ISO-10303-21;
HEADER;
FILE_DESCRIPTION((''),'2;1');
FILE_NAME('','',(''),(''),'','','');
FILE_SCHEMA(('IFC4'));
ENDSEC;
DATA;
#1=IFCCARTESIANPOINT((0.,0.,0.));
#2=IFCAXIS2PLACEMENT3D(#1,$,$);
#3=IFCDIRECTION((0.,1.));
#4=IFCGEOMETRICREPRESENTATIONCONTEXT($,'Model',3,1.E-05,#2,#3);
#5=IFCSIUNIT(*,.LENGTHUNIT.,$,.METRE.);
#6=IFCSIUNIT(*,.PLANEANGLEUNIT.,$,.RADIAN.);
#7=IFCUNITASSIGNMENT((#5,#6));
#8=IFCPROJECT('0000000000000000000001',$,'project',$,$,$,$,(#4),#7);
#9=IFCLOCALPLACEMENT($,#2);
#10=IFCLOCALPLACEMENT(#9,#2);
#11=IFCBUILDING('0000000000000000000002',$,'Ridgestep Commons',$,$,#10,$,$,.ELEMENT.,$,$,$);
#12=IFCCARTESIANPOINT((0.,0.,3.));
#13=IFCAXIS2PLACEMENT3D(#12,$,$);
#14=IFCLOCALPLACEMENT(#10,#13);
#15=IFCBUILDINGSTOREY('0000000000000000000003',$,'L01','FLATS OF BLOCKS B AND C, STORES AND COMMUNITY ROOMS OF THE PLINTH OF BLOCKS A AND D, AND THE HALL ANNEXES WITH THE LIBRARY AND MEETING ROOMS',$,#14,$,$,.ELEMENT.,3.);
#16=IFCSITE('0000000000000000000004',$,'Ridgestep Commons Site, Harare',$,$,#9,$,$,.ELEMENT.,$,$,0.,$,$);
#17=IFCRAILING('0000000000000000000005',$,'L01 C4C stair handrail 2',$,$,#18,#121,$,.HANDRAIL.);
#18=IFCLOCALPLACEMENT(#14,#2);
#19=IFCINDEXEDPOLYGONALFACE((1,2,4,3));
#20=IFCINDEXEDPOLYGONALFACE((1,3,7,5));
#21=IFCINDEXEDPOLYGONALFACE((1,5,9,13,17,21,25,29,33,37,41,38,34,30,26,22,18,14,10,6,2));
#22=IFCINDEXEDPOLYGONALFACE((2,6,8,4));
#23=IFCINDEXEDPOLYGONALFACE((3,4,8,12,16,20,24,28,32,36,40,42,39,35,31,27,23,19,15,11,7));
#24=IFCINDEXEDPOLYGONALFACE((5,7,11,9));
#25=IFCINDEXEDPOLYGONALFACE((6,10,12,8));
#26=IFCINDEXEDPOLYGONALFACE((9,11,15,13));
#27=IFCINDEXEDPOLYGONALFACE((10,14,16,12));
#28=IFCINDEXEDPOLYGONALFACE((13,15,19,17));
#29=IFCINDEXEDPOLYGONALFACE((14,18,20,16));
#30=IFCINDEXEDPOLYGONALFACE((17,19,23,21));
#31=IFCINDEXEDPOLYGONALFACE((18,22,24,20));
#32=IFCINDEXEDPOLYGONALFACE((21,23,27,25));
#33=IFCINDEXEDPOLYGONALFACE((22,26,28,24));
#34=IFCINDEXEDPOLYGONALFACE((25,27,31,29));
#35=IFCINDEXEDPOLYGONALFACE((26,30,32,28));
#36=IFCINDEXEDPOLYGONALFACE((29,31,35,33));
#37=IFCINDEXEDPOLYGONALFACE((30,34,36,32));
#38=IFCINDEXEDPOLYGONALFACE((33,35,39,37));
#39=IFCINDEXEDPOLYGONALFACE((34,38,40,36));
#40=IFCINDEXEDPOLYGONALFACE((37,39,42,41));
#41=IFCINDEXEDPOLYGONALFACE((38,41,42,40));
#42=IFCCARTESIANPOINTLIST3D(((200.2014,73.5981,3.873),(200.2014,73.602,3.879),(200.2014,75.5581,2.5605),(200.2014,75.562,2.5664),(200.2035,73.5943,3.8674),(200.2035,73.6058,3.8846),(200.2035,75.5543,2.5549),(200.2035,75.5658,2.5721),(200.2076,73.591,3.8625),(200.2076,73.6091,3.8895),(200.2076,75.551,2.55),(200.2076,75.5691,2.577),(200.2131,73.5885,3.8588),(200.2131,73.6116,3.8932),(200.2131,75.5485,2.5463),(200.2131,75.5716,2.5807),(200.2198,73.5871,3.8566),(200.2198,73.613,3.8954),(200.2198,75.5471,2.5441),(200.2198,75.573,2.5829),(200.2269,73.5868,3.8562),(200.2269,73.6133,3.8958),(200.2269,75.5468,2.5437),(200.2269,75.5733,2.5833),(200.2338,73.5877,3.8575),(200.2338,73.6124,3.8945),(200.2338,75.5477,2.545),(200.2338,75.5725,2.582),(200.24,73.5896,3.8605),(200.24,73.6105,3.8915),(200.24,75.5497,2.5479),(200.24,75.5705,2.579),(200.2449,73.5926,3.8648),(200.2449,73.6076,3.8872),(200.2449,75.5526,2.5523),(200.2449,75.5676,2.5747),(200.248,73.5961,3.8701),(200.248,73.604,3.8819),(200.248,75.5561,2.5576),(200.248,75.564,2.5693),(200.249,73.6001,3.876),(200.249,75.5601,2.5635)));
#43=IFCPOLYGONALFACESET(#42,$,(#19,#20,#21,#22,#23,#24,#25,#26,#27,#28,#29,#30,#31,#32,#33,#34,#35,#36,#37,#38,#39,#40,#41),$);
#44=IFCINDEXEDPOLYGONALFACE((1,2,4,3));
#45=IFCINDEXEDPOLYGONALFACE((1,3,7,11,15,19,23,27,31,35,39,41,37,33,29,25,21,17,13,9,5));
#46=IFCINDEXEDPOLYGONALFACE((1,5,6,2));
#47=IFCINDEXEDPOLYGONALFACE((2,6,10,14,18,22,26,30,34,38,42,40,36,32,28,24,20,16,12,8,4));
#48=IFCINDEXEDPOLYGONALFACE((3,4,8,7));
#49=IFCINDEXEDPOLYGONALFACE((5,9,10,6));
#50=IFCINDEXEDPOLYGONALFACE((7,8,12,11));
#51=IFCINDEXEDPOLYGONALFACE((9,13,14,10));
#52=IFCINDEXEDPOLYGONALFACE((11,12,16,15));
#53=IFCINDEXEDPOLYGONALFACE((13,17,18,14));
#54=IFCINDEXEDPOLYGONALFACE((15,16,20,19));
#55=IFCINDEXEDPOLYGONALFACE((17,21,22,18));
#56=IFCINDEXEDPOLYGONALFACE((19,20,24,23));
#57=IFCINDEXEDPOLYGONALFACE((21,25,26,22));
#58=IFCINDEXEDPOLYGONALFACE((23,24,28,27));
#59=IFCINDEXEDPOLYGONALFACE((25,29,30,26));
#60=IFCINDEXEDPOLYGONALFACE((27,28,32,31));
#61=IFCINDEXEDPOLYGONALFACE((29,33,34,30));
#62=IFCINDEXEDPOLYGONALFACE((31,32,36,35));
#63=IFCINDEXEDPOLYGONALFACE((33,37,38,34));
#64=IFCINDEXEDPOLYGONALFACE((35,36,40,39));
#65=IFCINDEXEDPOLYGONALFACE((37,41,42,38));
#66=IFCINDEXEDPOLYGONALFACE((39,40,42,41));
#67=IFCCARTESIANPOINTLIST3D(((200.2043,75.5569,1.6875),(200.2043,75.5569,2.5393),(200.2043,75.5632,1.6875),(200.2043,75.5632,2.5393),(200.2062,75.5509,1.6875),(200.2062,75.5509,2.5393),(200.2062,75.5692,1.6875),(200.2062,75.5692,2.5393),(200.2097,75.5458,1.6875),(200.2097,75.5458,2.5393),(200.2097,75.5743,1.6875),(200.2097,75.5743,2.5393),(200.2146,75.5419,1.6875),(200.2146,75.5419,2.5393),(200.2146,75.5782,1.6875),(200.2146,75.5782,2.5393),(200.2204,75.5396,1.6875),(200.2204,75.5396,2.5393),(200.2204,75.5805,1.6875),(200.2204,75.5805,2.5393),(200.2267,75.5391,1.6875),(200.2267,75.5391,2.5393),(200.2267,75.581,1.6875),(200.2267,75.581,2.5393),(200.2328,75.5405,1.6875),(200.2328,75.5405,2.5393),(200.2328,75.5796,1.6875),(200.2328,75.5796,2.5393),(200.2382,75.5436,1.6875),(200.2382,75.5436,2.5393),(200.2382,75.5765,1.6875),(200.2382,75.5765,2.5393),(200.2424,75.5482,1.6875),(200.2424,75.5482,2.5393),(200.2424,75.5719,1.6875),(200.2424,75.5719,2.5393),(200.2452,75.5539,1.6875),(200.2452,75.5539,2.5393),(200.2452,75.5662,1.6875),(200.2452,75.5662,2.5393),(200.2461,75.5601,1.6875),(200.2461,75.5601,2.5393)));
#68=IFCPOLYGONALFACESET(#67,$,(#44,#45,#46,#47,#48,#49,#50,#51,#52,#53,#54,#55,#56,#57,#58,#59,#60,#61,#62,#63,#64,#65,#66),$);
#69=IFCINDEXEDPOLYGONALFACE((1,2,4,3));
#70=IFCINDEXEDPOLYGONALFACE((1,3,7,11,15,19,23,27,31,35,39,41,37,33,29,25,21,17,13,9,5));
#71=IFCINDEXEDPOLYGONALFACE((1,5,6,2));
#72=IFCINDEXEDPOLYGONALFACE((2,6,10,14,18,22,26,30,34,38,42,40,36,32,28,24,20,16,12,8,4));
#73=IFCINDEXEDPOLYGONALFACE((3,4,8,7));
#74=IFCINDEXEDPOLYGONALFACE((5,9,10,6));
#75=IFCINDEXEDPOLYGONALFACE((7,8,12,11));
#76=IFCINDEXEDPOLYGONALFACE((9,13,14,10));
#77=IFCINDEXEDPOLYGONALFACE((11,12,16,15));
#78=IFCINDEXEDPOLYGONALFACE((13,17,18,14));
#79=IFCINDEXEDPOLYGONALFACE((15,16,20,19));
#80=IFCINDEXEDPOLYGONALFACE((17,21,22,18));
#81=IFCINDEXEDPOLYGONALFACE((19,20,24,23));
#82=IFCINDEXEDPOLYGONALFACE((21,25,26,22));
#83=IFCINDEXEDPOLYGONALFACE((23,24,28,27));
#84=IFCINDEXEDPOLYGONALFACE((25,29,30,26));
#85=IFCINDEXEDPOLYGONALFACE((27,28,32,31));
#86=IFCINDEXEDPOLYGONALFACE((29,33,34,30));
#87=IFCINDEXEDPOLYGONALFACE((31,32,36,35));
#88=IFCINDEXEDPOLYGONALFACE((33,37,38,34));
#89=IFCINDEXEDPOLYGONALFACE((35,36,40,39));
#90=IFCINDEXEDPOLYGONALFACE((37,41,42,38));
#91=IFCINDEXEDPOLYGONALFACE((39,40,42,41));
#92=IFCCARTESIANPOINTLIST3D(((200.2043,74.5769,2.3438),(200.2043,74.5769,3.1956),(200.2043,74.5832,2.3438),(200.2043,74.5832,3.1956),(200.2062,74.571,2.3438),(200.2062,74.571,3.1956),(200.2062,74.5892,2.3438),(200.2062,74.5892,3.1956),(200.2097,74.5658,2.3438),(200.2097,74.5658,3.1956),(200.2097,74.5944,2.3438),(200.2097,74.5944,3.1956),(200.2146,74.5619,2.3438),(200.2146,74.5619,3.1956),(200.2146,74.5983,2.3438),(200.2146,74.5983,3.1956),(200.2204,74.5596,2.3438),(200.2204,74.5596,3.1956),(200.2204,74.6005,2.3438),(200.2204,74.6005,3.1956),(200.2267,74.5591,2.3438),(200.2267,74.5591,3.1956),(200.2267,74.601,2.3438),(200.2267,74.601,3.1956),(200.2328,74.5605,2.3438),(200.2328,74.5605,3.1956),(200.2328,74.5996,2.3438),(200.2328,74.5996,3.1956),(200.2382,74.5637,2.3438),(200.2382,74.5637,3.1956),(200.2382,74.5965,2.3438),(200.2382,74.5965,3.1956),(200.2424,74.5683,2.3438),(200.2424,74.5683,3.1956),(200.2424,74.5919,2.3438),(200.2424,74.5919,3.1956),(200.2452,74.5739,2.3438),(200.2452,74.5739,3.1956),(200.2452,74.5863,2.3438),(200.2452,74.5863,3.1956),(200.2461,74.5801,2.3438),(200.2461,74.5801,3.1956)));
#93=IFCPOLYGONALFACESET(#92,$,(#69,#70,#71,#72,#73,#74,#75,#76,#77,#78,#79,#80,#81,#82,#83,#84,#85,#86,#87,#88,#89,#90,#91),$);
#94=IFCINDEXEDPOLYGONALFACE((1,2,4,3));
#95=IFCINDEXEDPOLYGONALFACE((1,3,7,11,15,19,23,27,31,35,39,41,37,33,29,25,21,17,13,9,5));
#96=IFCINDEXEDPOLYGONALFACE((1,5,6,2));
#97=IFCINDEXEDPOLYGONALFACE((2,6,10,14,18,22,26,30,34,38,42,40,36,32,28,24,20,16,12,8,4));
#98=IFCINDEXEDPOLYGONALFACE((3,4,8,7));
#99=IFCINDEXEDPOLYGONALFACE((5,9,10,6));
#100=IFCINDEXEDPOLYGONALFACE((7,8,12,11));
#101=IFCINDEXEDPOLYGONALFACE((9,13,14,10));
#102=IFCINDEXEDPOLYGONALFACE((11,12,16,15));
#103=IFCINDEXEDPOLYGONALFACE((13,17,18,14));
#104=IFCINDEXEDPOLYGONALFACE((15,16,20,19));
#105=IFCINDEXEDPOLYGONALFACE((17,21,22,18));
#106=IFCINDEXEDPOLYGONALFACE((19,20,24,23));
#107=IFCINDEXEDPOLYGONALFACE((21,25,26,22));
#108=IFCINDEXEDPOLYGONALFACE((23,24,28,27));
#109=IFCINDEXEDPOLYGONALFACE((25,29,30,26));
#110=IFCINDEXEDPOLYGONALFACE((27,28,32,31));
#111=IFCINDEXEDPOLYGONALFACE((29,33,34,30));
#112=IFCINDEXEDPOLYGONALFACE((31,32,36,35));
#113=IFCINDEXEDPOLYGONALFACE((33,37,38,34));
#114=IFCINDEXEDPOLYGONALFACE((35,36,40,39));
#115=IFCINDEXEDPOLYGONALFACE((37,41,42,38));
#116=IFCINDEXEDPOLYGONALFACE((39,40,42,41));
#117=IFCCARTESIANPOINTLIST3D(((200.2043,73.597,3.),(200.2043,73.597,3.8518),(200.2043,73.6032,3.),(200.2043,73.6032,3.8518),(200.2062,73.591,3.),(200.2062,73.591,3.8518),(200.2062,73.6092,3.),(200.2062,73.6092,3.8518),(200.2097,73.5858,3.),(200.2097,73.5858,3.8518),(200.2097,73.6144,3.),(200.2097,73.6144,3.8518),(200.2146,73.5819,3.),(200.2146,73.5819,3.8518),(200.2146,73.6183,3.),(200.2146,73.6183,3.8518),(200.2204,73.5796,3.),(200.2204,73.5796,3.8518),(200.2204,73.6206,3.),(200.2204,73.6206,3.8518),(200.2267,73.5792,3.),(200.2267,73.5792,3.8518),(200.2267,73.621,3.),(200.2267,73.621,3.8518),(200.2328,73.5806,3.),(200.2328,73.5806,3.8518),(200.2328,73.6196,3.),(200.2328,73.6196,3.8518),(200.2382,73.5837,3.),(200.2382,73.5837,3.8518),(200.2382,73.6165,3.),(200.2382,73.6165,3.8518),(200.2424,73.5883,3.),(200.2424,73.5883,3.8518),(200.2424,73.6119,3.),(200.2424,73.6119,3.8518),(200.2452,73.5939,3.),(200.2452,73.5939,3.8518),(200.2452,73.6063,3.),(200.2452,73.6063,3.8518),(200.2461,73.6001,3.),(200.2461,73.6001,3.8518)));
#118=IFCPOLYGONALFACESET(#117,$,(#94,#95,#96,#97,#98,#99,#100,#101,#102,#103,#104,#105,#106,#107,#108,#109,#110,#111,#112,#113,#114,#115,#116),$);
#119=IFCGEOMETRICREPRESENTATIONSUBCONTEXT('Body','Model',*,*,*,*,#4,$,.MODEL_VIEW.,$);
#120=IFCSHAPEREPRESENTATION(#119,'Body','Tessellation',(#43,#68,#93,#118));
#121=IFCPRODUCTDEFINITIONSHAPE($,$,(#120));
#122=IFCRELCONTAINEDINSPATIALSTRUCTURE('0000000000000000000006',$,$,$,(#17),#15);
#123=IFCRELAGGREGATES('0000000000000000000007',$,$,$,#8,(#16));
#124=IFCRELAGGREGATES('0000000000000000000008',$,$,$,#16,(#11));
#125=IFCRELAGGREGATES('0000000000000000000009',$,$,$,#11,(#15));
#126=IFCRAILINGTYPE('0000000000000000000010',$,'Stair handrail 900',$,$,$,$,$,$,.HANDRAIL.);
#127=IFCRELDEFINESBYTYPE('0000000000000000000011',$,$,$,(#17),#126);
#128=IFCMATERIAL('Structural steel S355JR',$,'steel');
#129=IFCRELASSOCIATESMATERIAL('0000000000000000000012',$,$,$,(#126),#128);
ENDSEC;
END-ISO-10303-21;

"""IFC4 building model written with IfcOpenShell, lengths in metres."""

from ifc_helpers import new_model, si_unit, direction, frame, origin, origin_2d, place, context, subcontext, project, spatial, circle, extrude, material, type_object, element, save


model = new_model("IFC4")

# Units and contexts
model_context = context("Model", 3, precision=1e-05, world=origin(), true_north=direction((0.0, 1.0)))
body_context = subcontext(model_context, "Body", "Model", "MODEL_VIEW")
ifc_project = project(units=[si_unit("LENGTHUNIT", "METRE"), si_unit("PLANEANGLEUNIT", "RADIAN")], contexts=[model_context])

# Site, building, storey
site_placement = place(None, origin())
site = spatial("IfcSite", under=ifc_project, at=site_placement, Name="Ridgestep Commons Site, Harare", CompositionType="ELEMENT", RefElevation=0.0)
building_placement = place(site_placement, origin())
building = spatial("IfcBuilding", under=site, at=building_placement, Name="Ridgestep Commons", CompositionType="ELEMENT")
storey_placement = place(building_placement, frame((0.0, 0.0, 3.0)))
storey = spatial("IfcBuildingStorey", under=building, at=storey_placement, Name="L01", Description="FLATS OF BLOCKS B AND C, STORES AND COMMUNITY ROOMS OF THE PLINTH OF BLOCKS A AND D, AND THE HALL ANNEXES WITH THE LIBRARY AND MEETING ROOMS", CompositionType="ELEMENT", Elevation=3.0)

# Railing
ifc_material_1 = material(Name="Structural steel S355JR", Category="steel")
railing_type_1 = type_object("IfcRailingType", Name="Stair handrail 900", PredefinedType="HANDRAIL", material=ifc_material_1)
railing_1_placement = place(storey_placement, frame((200.2251, 75.5601, 1.6875)))
element("IfcRailing", 1, at=railing_1_placement, inside=storey, type_object=railing_type_1, Name="L01 C4C stair handrail 2", PredefinedType="HANDRAIL", context=body_context, shape_type="SweptSolid", body=[
    extrude(circle(Radius=0.0239, at=origin_2d()), frame((0.0, 0.0, 0.876), z_axis=(0.0, -0.830902, 0.556419), x_axis=(1.0, 0.0, 0.0)), (0.0, 0.0, 1.0), 2.3589),
    extrude(circle(Radius=0.021, at=origin_2d()), origin(), (0.0, 0.0, 1.0), 0.8518),
    extrude(circle(Radius=0.021, at=origin_2d()), frame((0.0, -0.98, 0.6562)), (0.0, 0.0, 1.0), 0.8518),
    extrude(circle(Radius=0.021, at=origin_2d()), frame((0.0, -1.96, 1.3125)), (0.0, 0.0, 1.0), 0.8518),
])

save(model, "model.ifc")
